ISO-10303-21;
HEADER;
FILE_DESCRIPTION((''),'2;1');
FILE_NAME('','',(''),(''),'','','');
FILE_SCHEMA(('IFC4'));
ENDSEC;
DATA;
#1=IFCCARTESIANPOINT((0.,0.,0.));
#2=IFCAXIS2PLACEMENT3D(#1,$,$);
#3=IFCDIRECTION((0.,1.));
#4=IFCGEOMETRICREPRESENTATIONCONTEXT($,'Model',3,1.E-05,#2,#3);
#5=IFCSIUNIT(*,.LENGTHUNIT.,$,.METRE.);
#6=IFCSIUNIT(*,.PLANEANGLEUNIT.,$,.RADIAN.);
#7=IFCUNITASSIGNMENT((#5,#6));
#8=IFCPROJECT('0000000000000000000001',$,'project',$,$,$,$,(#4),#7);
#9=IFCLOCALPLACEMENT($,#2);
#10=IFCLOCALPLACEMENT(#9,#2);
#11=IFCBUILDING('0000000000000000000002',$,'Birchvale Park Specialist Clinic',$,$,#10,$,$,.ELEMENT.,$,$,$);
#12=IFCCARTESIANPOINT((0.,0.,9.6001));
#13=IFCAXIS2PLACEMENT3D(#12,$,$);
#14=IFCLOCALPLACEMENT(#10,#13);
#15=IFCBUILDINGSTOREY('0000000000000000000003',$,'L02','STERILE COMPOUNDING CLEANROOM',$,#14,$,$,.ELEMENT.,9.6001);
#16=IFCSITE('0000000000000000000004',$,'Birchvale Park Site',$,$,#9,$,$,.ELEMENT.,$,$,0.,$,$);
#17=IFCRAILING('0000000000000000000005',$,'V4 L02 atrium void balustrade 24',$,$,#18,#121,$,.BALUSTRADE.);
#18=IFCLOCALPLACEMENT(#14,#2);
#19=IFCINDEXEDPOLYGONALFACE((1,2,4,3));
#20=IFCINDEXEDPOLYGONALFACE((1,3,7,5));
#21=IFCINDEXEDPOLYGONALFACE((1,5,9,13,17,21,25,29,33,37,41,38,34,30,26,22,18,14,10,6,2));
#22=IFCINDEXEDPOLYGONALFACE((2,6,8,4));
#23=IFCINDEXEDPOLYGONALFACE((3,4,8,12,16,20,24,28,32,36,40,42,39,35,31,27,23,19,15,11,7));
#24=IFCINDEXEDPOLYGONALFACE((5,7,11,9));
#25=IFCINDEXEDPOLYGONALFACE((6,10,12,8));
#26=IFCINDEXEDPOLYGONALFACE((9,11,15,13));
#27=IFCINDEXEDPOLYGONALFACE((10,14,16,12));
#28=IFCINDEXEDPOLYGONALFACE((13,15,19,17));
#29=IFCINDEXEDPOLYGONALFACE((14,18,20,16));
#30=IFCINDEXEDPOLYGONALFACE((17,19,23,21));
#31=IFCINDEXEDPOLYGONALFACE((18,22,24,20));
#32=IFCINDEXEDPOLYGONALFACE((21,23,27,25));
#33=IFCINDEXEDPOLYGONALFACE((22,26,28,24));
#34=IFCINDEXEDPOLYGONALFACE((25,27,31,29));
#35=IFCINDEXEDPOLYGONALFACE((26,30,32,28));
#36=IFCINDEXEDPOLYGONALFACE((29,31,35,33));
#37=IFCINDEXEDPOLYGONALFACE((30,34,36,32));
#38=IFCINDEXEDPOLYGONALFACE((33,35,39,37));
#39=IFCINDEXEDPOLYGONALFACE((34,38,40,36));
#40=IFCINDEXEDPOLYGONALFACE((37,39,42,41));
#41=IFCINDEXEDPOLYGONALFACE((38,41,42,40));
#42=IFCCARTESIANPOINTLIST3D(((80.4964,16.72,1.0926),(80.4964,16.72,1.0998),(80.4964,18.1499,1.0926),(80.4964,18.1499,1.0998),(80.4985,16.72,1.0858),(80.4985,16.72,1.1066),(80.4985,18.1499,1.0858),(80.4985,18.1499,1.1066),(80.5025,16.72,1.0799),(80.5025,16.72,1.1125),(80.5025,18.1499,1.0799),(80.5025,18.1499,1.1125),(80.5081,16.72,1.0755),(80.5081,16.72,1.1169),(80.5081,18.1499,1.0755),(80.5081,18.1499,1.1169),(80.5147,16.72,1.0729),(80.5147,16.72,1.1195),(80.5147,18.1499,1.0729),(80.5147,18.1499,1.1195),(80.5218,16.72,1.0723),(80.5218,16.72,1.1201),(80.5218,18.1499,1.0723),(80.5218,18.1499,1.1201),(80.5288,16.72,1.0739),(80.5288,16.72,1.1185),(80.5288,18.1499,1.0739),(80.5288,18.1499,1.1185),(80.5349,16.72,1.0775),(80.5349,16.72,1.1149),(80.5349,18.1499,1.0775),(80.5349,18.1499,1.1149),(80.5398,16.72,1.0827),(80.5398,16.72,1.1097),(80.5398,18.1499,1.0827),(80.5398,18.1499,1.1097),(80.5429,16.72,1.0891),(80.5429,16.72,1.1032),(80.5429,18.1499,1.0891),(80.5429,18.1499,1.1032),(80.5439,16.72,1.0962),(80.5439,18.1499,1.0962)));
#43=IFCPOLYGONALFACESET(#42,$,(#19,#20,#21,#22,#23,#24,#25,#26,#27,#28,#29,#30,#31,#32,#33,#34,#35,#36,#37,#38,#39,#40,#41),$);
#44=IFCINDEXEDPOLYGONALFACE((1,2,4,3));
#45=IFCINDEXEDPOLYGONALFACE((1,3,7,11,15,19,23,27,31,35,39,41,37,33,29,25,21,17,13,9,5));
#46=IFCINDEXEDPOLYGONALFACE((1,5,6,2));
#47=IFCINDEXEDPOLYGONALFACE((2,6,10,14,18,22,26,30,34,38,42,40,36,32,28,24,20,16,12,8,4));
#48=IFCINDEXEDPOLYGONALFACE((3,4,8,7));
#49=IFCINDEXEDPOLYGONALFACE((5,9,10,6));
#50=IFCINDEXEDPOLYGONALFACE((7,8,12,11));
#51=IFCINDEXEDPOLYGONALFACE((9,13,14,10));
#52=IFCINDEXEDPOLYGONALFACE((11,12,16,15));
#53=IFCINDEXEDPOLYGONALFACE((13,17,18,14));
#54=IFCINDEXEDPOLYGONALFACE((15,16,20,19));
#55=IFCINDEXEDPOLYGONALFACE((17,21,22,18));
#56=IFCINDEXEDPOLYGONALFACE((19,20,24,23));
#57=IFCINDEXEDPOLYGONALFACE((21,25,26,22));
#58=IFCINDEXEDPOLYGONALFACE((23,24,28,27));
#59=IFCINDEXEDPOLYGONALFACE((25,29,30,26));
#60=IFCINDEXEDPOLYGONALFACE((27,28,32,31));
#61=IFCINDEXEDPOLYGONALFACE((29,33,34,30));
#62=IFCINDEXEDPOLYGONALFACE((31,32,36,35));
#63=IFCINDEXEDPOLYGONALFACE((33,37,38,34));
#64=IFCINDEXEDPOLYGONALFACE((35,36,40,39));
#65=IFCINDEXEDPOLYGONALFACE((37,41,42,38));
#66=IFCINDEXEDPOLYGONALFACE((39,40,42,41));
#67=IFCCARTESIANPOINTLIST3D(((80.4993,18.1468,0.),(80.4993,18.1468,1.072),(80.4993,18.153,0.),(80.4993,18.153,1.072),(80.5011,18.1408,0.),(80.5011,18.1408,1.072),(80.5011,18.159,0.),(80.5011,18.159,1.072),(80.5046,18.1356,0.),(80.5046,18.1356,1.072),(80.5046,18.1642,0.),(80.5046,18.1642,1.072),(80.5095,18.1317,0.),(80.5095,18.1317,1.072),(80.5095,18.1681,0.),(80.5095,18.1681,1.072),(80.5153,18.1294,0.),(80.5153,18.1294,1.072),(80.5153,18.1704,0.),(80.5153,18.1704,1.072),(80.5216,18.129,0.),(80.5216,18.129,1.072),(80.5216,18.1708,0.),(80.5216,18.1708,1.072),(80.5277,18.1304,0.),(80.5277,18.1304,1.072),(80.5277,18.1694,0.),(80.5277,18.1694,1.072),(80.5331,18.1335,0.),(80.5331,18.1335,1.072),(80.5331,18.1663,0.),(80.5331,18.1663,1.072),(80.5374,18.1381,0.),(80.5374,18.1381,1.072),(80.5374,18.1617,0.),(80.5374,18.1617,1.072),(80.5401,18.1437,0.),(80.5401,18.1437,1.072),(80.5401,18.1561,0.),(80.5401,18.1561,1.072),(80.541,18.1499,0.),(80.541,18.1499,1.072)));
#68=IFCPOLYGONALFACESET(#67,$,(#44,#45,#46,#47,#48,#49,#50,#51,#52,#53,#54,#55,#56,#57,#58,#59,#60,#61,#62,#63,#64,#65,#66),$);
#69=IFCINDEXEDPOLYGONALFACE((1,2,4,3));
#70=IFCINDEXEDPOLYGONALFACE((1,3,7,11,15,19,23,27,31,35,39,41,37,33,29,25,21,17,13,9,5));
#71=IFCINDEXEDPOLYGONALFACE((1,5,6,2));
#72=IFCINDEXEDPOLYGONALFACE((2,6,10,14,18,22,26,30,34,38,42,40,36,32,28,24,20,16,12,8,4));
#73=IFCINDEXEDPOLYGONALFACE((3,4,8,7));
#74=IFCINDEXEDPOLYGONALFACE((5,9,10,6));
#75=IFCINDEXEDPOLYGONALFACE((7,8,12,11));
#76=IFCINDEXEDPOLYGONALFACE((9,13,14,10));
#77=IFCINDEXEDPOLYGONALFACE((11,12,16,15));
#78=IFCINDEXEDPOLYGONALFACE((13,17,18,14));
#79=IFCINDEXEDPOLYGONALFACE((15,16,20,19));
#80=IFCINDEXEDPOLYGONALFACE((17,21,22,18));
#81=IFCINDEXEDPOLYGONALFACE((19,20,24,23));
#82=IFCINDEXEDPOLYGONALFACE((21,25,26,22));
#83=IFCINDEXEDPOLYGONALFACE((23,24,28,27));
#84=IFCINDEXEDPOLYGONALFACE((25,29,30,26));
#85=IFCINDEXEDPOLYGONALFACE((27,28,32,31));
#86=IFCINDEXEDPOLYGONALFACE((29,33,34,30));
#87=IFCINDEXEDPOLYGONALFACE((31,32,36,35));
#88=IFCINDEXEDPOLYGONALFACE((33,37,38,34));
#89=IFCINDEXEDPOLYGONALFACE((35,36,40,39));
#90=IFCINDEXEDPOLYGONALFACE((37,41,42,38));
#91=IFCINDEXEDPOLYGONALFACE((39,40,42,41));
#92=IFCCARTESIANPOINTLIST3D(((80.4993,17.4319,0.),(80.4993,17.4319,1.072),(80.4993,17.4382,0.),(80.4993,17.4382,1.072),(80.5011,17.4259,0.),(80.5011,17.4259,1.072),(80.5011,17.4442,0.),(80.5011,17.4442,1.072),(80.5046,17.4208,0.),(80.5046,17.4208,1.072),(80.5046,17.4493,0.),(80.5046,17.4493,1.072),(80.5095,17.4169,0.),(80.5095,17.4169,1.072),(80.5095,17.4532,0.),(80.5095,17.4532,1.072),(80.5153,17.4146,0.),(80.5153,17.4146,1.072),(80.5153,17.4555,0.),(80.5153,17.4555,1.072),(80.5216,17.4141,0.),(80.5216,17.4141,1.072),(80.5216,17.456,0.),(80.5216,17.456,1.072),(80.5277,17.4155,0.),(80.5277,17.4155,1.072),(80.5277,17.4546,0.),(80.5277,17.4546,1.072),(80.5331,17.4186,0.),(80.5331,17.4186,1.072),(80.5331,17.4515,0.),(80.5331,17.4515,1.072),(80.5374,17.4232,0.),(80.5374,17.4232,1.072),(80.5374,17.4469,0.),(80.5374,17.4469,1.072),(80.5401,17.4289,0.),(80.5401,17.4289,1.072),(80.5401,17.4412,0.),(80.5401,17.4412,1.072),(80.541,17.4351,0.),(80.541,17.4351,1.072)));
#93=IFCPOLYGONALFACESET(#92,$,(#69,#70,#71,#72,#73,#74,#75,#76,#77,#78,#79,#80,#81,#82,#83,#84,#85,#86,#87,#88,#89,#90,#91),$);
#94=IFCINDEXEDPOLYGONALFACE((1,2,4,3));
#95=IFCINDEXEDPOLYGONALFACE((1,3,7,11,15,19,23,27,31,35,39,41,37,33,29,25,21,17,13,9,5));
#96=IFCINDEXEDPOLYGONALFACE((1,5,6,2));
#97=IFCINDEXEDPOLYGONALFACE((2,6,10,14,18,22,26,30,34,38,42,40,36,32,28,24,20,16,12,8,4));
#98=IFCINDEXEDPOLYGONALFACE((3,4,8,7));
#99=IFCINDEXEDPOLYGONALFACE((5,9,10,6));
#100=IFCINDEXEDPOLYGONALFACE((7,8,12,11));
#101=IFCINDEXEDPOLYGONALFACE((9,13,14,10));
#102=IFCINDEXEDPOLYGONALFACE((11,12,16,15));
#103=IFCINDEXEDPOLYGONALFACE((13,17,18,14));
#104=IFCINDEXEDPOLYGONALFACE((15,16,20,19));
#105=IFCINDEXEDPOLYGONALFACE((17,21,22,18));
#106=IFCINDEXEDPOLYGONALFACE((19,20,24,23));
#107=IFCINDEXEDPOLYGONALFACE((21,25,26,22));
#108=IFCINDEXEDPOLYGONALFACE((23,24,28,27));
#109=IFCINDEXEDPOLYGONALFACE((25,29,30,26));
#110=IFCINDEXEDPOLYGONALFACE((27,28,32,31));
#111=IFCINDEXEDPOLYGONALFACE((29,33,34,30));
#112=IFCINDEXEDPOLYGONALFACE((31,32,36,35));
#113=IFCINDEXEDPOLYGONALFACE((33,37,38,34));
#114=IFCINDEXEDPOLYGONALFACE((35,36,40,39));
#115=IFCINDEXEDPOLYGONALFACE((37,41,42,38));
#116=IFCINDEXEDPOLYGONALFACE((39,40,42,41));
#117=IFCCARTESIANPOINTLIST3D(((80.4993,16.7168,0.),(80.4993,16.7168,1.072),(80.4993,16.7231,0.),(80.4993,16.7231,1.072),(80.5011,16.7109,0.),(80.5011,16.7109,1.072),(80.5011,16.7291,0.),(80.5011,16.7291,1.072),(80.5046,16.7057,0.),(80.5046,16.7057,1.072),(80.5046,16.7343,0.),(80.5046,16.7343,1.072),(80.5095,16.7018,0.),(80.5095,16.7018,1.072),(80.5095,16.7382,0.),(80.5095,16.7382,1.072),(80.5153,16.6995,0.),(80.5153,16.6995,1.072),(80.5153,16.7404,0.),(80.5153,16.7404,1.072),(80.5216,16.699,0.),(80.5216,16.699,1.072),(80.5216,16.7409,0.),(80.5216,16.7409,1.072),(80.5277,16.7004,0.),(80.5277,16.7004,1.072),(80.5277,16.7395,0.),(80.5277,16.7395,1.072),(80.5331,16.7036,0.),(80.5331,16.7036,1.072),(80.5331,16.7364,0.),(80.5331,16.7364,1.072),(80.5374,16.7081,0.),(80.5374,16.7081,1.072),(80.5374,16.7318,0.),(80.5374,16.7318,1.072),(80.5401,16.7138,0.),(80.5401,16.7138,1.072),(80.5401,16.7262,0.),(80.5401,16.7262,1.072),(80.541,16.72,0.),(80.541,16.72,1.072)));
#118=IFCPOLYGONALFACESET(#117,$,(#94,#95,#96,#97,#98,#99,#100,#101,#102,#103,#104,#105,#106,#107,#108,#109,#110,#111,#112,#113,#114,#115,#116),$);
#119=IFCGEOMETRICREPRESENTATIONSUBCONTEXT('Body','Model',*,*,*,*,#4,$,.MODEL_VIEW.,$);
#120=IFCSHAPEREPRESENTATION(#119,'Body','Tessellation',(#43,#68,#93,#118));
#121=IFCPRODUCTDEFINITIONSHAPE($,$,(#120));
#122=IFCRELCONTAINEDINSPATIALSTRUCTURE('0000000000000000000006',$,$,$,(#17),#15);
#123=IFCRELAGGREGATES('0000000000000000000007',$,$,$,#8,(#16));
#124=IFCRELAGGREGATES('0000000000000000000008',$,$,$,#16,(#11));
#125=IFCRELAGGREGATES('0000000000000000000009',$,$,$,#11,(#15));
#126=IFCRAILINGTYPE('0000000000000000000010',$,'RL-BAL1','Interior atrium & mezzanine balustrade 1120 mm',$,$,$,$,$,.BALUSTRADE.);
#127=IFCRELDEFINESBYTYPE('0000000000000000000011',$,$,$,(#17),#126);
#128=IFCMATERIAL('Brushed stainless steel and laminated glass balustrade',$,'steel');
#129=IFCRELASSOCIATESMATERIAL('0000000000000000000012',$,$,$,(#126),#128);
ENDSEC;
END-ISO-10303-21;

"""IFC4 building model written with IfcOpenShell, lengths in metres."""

from ifc_helpers import new_model, si_unit, direction, frame, origin, origin_2d, place, context, subcontext, project, spatial, circle, extrude, material, type_object, element, save


model = new_model("IFC4")

# Units and contexts
model_context = context("Model", 3, precision=1e-05, world=origin(), true_north=direction((0.0, 1.0)))
body_context = subcontext(model_context, "Body", "Model", "MODEL_VIEW")
ifc_project = project(units=[si_unit("LENGTHUNIT", "METRE"), si_unit("PLANEANGLEUNIT", "RADIAN")], contexts=[model_context])

# Site, building, storey
site_placement = place(None, origin())
site = spatial("IfcSite", under=ifc_project, at=site_placement, Name="Birchvale Park Site", CompositionType="ELEMENT", RefElevation=0.0)
building_placement = place(site_placement, origin())
building = spatial("IfcBuilding", under=site, at=building_placement, Name="Birchvale Park Specialist Clinic", CompositionType="ELEMENT")
storey_placement = place(building_placement, frame((0.0, 0.0, 9.6001)))
storey = spatial("IfcBuildingStorey", under=building, at=storey_placement, Name="L02", Description="STERILE COMPOUNDING CLEANROOM", CompositionType="ELEMENT", Elevation=9.6001)

# Railing
ifc_material_1 = material(Name="Brushed stainless steel and laminated glass balustrade", Category="steel")
railing_type = type_object("IfcRailingType", Name="RL-BAL1", Description="Interior atrium & mezzanine balustrade 1120 mm", PredefinedType="BALUSTRADE", material=ifc_material_1)
railing_1_placement = place(storey_placement, frame((80.52, 18.1499, 0.0)))
element("IfcRailing", 1, at=railing_1_placement, inside=storey, type_object=railing_type, Name="V4 L02 atrium void balustrade 24", PredefinedType="BALUSTRADE", context=body_context, shape_type="SweptSolid", body=[
    extrude(circle(Radius=0.0239, at=origin_2d()), frame((0.0, 0.0, 1.0962), z_axis=(0.0, -1.0, 0.0), x_axis=(1.0, 0.0, 0.0)), (0.0, 0.0, 1.0), 1.4299),
    extrude(circle(Radius=0.021, at=origin_2d()), origin(), (0.0, 0.0, 1.0), 1.072),
    extrude(circle(Radius=0.021, at=origin_2d()), frame((0.0, -0.7148, 0.0)), (0.0, 0.0, 1.0), 1.072),
    extrude(circle(Radius=0.021, at=origin_2d()), frame((0.0, -1.4299, 0.0)), (0.0, 0.0, 1.0), 1.072),
])

save(model, "model.ifc")
